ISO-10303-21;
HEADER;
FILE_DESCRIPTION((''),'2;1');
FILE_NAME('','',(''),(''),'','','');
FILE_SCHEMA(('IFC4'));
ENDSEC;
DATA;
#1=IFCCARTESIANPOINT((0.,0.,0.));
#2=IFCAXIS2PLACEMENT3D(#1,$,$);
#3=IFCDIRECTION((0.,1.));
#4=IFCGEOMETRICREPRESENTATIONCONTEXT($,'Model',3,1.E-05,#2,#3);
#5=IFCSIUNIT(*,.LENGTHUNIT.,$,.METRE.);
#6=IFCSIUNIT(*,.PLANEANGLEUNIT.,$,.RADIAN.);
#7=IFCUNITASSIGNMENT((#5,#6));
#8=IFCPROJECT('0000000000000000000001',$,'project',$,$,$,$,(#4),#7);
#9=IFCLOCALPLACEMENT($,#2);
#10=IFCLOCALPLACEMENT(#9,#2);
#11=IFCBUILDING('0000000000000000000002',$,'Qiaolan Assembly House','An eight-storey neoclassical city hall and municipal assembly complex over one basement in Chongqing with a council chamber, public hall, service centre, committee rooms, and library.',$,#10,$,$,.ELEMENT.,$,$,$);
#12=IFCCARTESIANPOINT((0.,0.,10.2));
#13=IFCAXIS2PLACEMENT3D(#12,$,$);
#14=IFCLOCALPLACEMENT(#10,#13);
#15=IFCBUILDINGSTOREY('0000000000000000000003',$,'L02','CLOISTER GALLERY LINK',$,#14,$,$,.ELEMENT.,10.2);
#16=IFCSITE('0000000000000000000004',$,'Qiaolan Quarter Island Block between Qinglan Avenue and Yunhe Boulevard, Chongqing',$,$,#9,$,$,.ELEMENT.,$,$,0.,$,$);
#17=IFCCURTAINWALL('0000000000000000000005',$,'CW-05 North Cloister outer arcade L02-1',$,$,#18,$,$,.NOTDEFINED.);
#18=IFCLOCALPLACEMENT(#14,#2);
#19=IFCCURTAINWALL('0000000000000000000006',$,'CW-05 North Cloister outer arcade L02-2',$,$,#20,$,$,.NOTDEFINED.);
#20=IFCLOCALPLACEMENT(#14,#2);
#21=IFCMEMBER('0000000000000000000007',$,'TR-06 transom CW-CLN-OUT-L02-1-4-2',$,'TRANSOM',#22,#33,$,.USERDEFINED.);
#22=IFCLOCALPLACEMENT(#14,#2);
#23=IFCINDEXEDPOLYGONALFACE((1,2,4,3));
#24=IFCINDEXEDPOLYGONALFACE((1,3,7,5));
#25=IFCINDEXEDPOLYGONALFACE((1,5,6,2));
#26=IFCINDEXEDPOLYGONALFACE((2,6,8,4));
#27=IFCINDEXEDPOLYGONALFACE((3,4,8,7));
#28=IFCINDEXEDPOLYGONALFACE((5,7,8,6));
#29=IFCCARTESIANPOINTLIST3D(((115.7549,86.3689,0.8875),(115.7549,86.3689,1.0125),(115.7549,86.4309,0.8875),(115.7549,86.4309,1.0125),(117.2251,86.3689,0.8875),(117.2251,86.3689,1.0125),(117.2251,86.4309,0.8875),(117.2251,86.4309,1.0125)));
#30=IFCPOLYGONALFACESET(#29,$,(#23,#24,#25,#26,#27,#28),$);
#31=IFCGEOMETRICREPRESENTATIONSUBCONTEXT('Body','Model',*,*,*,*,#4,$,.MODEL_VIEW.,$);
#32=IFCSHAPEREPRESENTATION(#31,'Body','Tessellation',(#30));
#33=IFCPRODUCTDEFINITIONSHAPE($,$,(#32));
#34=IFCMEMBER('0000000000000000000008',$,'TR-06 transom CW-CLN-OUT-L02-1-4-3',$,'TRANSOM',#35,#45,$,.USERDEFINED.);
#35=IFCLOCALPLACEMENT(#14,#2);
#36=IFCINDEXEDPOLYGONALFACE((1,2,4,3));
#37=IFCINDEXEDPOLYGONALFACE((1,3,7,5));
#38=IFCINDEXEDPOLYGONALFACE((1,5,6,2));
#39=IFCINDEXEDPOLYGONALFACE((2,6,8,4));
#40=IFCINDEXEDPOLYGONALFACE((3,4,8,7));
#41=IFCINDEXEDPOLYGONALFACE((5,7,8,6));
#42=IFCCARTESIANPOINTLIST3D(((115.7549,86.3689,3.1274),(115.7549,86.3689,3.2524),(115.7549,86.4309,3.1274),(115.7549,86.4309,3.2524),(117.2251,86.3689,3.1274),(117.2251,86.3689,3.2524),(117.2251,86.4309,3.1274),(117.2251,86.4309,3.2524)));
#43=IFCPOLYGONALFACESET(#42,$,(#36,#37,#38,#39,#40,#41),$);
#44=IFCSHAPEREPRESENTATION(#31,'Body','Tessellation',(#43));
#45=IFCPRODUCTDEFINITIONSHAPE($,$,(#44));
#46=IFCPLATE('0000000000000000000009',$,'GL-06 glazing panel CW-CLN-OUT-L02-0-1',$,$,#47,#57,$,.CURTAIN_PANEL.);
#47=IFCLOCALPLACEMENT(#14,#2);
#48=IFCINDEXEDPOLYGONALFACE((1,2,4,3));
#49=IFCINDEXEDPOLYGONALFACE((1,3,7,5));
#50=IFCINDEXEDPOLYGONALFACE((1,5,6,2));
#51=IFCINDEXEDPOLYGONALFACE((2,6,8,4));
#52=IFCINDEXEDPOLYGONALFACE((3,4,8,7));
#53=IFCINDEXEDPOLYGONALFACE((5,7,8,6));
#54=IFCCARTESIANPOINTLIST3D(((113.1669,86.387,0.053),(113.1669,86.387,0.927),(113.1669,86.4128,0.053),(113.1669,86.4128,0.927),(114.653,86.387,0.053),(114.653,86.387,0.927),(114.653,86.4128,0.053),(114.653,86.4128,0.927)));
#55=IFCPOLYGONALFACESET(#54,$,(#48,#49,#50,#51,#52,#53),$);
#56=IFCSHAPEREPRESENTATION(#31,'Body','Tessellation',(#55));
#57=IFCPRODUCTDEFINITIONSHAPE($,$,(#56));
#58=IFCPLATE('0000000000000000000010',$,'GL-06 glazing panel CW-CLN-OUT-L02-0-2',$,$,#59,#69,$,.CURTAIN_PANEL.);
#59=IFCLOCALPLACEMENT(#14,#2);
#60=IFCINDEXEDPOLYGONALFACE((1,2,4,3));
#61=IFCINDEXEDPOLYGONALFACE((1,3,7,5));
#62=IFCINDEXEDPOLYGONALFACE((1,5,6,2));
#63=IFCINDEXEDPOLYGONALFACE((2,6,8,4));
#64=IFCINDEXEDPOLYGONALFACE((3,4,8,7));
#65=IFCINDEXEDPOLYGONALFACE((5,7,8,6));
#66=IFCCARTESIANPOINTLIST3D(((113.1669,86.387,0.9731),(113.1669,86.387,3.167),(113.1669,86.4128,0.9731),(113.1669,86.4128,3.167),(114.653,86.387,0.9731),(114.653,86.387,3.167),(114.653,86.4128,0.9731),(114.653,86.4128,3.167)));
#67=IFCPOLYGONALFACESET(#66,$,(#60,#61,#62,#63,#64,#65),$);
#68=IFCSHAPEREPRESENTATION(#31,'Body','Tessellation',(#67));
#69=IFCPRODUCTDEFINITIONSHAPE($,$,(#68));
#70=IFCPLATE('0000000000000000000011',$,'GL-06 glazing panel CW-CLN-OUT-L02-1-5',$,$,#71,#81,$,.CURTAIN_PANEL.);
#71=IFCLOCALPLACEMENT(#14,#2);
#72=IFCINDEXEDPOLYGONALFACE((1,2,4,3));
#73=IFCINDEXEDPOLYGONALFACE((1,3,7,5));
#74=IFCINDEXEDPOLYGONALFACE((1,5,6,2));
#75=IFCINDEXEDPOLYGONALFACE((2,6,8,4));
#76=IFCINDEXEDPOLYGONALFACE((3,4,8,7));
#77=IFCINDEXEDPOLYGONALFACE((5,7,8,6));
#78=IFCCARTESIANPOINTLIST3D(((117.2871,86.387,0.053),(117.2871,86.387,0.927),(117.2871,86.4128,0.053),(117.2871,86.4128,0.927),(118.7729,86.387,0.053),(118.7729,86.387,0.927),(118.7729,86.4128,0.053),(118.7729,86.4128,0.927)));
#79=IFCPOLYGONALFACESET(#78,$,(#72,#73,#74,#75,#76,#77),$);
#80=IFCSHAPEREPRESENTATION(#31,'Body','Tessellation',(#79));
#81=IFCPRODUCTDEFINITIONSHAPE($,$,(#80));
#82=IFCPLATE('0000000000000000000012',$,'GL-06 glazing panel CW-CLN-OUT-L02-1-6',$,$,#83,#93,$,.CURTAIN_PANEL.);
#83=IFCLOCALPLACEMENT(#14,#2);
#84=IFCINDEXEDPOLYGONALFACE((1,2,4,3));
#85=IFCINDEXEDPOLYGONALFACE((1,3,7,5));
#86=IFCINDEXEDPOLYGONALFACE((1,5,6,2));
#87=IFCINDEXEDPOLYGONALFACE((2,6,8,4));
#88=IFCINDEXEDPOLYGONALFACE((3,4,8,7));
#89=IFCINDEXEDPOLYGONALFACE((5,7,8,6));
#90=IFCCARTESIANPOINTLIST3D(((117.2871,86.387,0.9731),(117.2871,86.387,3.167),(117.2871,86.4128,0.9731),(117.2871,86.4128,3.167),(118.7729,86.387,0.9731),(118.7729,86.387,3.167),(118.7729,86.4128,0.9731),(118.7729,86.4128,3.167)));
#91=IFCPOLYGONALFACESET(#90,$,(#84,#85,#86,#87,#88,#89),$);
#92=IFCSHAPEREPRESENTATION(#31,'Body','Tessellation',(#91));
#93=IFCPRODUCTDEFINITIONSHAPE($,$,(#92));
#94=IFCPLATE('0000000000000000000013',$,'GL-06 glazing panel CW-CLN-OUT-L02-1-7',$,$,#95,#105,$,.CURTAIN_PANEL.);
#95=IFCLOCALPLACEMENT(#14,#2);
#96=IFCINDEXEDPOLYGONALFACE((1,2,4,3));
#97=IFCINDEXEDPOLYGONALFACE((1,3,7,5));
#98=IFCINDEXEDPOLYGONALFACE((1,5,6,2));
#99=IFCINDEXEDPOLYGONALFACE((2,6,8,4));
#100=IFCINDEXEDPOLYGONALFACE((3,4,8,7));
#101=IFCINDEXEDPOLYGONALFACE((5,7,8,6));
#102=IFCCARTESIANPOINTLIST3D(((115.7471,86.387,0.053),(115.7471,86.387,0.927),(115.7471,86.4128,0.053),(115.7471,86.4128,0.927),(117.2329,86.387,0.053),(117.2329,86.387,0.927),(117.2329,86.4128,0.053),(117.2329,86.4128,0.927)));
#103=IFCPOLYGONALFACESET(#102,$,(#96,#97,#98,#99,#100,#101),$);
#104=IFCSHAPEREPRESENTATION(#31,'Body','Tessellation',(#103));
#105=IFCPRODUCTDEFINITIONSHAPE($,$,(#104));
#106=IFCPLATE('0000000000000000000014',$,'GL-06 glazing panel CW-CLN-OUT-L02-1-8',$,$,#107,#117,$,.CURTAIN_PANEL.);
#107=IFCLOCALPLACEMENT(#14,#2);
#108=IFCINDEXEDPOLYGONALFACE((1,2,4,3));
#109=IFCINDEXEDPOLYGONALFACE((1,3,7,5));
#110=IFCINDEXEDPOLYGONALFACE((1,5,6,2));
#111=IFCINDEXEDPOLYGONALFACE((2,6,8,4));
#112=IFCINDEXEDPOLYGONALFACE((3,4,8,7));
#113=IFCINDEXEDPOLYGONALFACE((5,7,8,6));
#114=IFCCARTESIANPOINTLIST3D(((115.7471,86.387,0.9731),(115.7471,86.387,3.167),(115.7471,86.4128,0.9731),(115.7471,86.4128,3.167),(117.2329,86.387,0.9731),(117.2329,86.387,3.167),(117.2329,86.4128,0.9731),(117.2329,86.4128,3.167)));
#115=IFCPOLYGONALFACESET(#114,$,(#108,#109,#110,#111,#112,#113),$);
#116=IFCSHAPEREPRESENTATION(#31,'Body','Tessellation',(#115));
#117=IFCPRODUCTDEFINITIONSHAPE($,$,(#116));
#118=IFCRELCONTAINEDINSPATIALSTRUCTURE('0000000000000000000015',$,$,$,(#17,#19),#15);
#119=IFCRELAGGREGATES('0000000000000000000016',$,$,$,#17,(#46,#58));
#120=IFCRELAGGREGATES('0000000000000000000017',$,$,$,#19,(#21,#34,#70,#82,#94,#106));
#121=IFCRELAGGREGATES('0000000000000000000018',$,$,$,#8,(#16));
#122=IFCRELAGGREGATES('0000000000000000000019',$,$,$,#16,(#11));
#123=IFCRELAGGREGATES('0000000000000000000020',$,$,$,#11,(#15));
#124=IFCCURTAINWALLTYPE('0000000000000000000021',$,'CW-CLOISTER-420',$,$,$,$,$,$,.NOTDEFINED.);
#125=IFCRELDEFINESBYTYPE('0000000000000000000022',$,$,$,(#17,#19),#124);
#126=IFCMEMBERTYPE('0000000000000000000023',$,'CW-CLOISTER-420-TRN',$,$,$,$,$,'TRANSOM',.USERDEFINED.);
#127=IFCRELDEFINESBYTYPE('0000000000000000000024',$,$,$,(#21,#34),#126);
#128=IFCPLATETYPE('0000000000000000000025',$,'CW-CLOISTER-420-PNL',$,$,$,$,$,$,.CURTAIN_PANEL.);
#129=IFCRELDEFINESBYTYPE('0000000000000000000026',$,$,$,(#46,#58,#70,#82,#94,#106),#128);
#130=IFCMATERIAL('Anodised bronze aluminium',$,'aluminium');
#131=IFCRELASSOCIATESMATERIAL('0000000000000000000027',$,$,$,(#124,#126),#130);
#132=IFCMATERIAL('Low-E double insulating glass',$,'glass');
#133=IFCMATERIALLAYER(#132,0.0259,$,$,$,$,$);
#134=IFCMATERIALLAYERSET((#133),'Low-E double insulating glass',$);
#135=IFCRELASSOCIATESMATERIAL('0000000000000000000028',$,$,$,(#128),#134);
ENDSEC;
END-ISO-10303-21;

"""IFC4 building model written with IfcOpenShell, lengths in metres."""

from ifc_helpers import new_model, si_unit, direction, frame, frame_2d, origin, origin_2d, place, context, subcontext, project, spatial, rectangle, extrude, material, layer, layer_set, material_profile, profile_set, type_object, element, aggregate, save


model = new_model("IFC4")

# Units and contexts
model_context = context("Model", 3, precision=1e-05, world=origin(), true_north=direction((0.0, 1.0)))
body_context = subcontext(model_context, "Body", "Model", "MODEL_VIEW")
ifc_project = project(units=[si_unit("LENGTHUNIT", "METRE"), si_unit("PLANEANGLEUNIT", "RADIAN")], contexts=[model_context])

# Site, building, storey
site_placement = place(None, origin())
site = spatial("IfcSite", under=ifc_project, at=site_placement, Name="Qiaolan Quarter Island Block between Qinglan Avenue and Yunhe Boulevard, Chongqing", CompositionType="ELEMENT", RefElevation=0.0)
building_placement = place(site_placement, origin())
building = spatial("IfcBuilding", under=site, at=building_placement, Name="Qiaolan Assembly House", Description="An eight-storey neoclassical city hall and municipal assembly complex over one basement in Chongqing with a council chamber, public hall, service centre, committee rooms, and library.", CompositionType="ELEMENT")
storey_placement = place(building_placement, frame((0.0, 0.0, 10.2)))
storey = spatial("IfcBuildingStorey", under=building, at=storey_placement, Name="L02", Description="CLOISTER GALLERY LINK", CompositionType="ELEMENT", Elevation=10.2)

# Curtain wall
ifc_material_1 = material(Name="Anodised bronze aluminium", Category="aluminium")
curtain_wall_type = type_object("IfcCurtainWallType", Name="CW-CLOISTER-420", PredefinedType="NOTDEFINED", material=ifc_material_1)
curtain_wall_1_placement = place(storey_placement, origin())
curtain_wall_1 = element("IfcCurtainWall", 1, at=curtain_wall_1_placement, inside=storey, type_object=curtain_wall_type, Name="CW-05 North Cloister outer arcade L02-1", PredefinedType="NOTDEFINED")

# Curtain wall
curtain_wall_2_placement = place(storey_placement, origin())
curtain_wall_2 = element("IfcCurtainWall", 2, at=curtain_wall_2_placement, inside=storey, type_object=curtain_wall_type, Name="CW-05 North Cloister outer arcade L02-2", PredefinedType="NOTDEFINED")

# Members
ifc_material_profile_1 = material_profile(ifc_material_1, rectangle(XDim=0.062, YDim=0.125, at=origin_2d()), Name="TRN 62x125")
ifc_profile_set_1 = profile_set([ifc_material_profile_1], Name="Anodised bronze aluminium")
member_type_1 = type_object("IfcMemberType", Name="CW-CLOISTER-420-TRN", ElementType="TRANSOM", PredefinedType="USERDEFINED", material=ifc_profile_set_1)
member_1_placement = place(storey_placement, frame((117.2251, 86.3999, 0.95), z_axis=(-1.0, 0.0, 0.0), x_axis=(0.0, -1.0, 0.0)))
member_1 = element("IfcMember", 3, at=member_1_placement, type_object=member_type_1, Name="TR-06 transom CW-CLN-OUT-L02-1-4-2", ObjectType="TRANSOM", PredefinedType="USERDEFINED", context=body_context, shape_type="SweptSolid", body=[
    extrude(rectangle(XDim=0.062, YDim=0.125, at=origin_2d()), origin(), (0.0, 0.0, 1.0), 1.4702),
])
member_2_placement = place(storey_placement, frame((117.2251, 86.3999, 3.1899), z_axis=(-1.0, 0.0, 0.0), x_axis=(0.0, -1.0, 0.0)))
member_2 = element("IfcMember", 4, at=member_2_placement, type_object=member_type_1, Name="TR-06 transom CW-CLN-OUT-L02-1-4-3", ObjectType="TRANSOM", PredefinedType="USERDEFINED", context=body_context, shape_type="SweptSolid", body=[
    extrude(rectangle(XDim=0.062, YDim=0.125, at=origin_2d()), origin(), (0.0, 0.0, 1.0), 1.4702),
])

# Plates
ifc_material_2 = material(Name="Low-E double insulating glass", Category="glass")
ifc_layer = layer(ifc_material_2, 0.0259)
ifc_layer_set = layer_set([ifc_layer], Name="Low-E double insulating glass")
plate_type = type_object("IfcPlateType", Name="CW-CLOISTER-420-PNL", PredefinedType="CURTAIN_PANEL", material=ifc_layer_set)
plate_1_placement = place(storey_placement, frame((114.6531, 86.3999, 0.053), z_axis=(0.0, 0.0, 1.0), x_axis=(-1.0, 0.0, 0.0)))
plate_1 = element("IfcPlate", 5, at=plate_1_placement, type_object=plate_type, Name="GL-06 glazing panel CW-CLN-OUT-L02-0-1", PredefinedType="CURTAIN_PANEL", context=body_context, shape_type="SweptSolid", body=[
    extrude(rectangle(XDim=1.4861, YDim=0.0259, at=frame_2d((0.7432, 0.0))), origin(), (0.0, 0.0, 1.0), 0.874),
])
plate_2_placement = place(storey_placement, frame((114.6531, 86.3999, 0.9731), z_axis=(0.0, 0.0, 1.0), x_axis=(-1.0, 0.0, 0.0)))
plate_2 = element("IfcPlate", 6, at=plate_2_placement, type_object=plate_type, Name="GL-06 glazing panel CW-CLN-OUT-L02-0-2", PredefinedType="CURTAIN_PANEL", context=body_context, shape_type="SweptSolid", body=[
    extrude(rectangle(XDim=1.4861, YDim=0.0259, at=frame_2d((0.7432, 0.0))), origin(), (0.0, 0.0, 1.0), 2.1938),
])
aggregate(curtain_wall_1, [plate_1, plate_2])
plate_3_placement = place(storey_placement, frame((118.7729, 86.3999, 0.053), z_axis=(0.0, 0.0, 1.0), x_axis=(-1.0, 0.0, 0.0)))
plate_3 = element("IfcPlate", 7, at=plate_3_placement, type_object=plate_type, Name="GL-06 glazing panel CW-CLN-OUT-L02-1-5", PredefinedType="CURTAIN_PANEL", context=body_context, shape_type="SweptSolid", body=[
    extrude(rectangle(XDim=1.4858, YDim=0.0259, at=frame_2d((0.7429, 0.0))), origin(), (0.0, 0.0, 1.0), 0.874),
])
plate_4_placement = place(storey_placement, frame((118.7729, 86.3999, 0.9731), z_axis=(0.0, 0.0, 1.0), x_axis=(-1.0, 0.0, 0.0)))
plate_4 = element("IfcPlate", 8, at=plate_4_placement, type_object=plate_type, Name="GL-06 glazing panel CW-CLN-OUT-L02-1-6", PredefinedType="CURTAIN_PANEL", context=body_context, shape_type="SweptSolid", body=[
    extrude(rectangle(XDim=1.4858, YDim=0.0259, at=frame_2d((0.7429, 0.0))), origin(), (0.0, 0.0, 1.0), 2.1938),
])
plate_5_placement = place(storey_placement, frame((117.2329, 86.3999, 0.053), z_axis=(0.0, 0.0, 1.0), x_axis=(-1.0, 0.0, 0.0)))
plate_5 = element("IfcPlate", 9, at=plate_5_placement, type_object=plate_type, Name="GL-06 glazing panel CW-CLN-OUT-L02-1-7", PredefinedType="CURTAIN_PANEL", context=body_context, shape_type="SweptSolid", body=[
    extrude(rectangle(XDim=1.4858, YDim=0.0259, at=frame_2d((0.7429, 0.0))), origin(), (0.0, 0.0, 1.0), 0.874),
])
plate_6_placement = place(storey_placement, frame((117.2329, 86.3999, 0.9731), z_axis=(0.0, 0.0, 1.0), x_axis=(-1.0, 0.0, 0.0)))
plate_6 = element("IfcPlate", 10, at=plate_6_placement, type_object=plate_type, Name="GL-06 glazing panel CW-CLN-OUT-L02-1-8", PredefinedType="CURTAIN_PANEL", context=body_context, shape_type="SweptSolid", body=[
    extrude(rectangle(XDim=1.4858, YDim=0.0259, at=frame_2d((0.7429, 0.0))), origin(), (0.0, 0.0, 1.0), 2.1938),
])
aggregate(curtain_wall_2, [member_1, member_2, plate_3, plate_4, plate_5, plate_6])

save(model, "model.ifc")
